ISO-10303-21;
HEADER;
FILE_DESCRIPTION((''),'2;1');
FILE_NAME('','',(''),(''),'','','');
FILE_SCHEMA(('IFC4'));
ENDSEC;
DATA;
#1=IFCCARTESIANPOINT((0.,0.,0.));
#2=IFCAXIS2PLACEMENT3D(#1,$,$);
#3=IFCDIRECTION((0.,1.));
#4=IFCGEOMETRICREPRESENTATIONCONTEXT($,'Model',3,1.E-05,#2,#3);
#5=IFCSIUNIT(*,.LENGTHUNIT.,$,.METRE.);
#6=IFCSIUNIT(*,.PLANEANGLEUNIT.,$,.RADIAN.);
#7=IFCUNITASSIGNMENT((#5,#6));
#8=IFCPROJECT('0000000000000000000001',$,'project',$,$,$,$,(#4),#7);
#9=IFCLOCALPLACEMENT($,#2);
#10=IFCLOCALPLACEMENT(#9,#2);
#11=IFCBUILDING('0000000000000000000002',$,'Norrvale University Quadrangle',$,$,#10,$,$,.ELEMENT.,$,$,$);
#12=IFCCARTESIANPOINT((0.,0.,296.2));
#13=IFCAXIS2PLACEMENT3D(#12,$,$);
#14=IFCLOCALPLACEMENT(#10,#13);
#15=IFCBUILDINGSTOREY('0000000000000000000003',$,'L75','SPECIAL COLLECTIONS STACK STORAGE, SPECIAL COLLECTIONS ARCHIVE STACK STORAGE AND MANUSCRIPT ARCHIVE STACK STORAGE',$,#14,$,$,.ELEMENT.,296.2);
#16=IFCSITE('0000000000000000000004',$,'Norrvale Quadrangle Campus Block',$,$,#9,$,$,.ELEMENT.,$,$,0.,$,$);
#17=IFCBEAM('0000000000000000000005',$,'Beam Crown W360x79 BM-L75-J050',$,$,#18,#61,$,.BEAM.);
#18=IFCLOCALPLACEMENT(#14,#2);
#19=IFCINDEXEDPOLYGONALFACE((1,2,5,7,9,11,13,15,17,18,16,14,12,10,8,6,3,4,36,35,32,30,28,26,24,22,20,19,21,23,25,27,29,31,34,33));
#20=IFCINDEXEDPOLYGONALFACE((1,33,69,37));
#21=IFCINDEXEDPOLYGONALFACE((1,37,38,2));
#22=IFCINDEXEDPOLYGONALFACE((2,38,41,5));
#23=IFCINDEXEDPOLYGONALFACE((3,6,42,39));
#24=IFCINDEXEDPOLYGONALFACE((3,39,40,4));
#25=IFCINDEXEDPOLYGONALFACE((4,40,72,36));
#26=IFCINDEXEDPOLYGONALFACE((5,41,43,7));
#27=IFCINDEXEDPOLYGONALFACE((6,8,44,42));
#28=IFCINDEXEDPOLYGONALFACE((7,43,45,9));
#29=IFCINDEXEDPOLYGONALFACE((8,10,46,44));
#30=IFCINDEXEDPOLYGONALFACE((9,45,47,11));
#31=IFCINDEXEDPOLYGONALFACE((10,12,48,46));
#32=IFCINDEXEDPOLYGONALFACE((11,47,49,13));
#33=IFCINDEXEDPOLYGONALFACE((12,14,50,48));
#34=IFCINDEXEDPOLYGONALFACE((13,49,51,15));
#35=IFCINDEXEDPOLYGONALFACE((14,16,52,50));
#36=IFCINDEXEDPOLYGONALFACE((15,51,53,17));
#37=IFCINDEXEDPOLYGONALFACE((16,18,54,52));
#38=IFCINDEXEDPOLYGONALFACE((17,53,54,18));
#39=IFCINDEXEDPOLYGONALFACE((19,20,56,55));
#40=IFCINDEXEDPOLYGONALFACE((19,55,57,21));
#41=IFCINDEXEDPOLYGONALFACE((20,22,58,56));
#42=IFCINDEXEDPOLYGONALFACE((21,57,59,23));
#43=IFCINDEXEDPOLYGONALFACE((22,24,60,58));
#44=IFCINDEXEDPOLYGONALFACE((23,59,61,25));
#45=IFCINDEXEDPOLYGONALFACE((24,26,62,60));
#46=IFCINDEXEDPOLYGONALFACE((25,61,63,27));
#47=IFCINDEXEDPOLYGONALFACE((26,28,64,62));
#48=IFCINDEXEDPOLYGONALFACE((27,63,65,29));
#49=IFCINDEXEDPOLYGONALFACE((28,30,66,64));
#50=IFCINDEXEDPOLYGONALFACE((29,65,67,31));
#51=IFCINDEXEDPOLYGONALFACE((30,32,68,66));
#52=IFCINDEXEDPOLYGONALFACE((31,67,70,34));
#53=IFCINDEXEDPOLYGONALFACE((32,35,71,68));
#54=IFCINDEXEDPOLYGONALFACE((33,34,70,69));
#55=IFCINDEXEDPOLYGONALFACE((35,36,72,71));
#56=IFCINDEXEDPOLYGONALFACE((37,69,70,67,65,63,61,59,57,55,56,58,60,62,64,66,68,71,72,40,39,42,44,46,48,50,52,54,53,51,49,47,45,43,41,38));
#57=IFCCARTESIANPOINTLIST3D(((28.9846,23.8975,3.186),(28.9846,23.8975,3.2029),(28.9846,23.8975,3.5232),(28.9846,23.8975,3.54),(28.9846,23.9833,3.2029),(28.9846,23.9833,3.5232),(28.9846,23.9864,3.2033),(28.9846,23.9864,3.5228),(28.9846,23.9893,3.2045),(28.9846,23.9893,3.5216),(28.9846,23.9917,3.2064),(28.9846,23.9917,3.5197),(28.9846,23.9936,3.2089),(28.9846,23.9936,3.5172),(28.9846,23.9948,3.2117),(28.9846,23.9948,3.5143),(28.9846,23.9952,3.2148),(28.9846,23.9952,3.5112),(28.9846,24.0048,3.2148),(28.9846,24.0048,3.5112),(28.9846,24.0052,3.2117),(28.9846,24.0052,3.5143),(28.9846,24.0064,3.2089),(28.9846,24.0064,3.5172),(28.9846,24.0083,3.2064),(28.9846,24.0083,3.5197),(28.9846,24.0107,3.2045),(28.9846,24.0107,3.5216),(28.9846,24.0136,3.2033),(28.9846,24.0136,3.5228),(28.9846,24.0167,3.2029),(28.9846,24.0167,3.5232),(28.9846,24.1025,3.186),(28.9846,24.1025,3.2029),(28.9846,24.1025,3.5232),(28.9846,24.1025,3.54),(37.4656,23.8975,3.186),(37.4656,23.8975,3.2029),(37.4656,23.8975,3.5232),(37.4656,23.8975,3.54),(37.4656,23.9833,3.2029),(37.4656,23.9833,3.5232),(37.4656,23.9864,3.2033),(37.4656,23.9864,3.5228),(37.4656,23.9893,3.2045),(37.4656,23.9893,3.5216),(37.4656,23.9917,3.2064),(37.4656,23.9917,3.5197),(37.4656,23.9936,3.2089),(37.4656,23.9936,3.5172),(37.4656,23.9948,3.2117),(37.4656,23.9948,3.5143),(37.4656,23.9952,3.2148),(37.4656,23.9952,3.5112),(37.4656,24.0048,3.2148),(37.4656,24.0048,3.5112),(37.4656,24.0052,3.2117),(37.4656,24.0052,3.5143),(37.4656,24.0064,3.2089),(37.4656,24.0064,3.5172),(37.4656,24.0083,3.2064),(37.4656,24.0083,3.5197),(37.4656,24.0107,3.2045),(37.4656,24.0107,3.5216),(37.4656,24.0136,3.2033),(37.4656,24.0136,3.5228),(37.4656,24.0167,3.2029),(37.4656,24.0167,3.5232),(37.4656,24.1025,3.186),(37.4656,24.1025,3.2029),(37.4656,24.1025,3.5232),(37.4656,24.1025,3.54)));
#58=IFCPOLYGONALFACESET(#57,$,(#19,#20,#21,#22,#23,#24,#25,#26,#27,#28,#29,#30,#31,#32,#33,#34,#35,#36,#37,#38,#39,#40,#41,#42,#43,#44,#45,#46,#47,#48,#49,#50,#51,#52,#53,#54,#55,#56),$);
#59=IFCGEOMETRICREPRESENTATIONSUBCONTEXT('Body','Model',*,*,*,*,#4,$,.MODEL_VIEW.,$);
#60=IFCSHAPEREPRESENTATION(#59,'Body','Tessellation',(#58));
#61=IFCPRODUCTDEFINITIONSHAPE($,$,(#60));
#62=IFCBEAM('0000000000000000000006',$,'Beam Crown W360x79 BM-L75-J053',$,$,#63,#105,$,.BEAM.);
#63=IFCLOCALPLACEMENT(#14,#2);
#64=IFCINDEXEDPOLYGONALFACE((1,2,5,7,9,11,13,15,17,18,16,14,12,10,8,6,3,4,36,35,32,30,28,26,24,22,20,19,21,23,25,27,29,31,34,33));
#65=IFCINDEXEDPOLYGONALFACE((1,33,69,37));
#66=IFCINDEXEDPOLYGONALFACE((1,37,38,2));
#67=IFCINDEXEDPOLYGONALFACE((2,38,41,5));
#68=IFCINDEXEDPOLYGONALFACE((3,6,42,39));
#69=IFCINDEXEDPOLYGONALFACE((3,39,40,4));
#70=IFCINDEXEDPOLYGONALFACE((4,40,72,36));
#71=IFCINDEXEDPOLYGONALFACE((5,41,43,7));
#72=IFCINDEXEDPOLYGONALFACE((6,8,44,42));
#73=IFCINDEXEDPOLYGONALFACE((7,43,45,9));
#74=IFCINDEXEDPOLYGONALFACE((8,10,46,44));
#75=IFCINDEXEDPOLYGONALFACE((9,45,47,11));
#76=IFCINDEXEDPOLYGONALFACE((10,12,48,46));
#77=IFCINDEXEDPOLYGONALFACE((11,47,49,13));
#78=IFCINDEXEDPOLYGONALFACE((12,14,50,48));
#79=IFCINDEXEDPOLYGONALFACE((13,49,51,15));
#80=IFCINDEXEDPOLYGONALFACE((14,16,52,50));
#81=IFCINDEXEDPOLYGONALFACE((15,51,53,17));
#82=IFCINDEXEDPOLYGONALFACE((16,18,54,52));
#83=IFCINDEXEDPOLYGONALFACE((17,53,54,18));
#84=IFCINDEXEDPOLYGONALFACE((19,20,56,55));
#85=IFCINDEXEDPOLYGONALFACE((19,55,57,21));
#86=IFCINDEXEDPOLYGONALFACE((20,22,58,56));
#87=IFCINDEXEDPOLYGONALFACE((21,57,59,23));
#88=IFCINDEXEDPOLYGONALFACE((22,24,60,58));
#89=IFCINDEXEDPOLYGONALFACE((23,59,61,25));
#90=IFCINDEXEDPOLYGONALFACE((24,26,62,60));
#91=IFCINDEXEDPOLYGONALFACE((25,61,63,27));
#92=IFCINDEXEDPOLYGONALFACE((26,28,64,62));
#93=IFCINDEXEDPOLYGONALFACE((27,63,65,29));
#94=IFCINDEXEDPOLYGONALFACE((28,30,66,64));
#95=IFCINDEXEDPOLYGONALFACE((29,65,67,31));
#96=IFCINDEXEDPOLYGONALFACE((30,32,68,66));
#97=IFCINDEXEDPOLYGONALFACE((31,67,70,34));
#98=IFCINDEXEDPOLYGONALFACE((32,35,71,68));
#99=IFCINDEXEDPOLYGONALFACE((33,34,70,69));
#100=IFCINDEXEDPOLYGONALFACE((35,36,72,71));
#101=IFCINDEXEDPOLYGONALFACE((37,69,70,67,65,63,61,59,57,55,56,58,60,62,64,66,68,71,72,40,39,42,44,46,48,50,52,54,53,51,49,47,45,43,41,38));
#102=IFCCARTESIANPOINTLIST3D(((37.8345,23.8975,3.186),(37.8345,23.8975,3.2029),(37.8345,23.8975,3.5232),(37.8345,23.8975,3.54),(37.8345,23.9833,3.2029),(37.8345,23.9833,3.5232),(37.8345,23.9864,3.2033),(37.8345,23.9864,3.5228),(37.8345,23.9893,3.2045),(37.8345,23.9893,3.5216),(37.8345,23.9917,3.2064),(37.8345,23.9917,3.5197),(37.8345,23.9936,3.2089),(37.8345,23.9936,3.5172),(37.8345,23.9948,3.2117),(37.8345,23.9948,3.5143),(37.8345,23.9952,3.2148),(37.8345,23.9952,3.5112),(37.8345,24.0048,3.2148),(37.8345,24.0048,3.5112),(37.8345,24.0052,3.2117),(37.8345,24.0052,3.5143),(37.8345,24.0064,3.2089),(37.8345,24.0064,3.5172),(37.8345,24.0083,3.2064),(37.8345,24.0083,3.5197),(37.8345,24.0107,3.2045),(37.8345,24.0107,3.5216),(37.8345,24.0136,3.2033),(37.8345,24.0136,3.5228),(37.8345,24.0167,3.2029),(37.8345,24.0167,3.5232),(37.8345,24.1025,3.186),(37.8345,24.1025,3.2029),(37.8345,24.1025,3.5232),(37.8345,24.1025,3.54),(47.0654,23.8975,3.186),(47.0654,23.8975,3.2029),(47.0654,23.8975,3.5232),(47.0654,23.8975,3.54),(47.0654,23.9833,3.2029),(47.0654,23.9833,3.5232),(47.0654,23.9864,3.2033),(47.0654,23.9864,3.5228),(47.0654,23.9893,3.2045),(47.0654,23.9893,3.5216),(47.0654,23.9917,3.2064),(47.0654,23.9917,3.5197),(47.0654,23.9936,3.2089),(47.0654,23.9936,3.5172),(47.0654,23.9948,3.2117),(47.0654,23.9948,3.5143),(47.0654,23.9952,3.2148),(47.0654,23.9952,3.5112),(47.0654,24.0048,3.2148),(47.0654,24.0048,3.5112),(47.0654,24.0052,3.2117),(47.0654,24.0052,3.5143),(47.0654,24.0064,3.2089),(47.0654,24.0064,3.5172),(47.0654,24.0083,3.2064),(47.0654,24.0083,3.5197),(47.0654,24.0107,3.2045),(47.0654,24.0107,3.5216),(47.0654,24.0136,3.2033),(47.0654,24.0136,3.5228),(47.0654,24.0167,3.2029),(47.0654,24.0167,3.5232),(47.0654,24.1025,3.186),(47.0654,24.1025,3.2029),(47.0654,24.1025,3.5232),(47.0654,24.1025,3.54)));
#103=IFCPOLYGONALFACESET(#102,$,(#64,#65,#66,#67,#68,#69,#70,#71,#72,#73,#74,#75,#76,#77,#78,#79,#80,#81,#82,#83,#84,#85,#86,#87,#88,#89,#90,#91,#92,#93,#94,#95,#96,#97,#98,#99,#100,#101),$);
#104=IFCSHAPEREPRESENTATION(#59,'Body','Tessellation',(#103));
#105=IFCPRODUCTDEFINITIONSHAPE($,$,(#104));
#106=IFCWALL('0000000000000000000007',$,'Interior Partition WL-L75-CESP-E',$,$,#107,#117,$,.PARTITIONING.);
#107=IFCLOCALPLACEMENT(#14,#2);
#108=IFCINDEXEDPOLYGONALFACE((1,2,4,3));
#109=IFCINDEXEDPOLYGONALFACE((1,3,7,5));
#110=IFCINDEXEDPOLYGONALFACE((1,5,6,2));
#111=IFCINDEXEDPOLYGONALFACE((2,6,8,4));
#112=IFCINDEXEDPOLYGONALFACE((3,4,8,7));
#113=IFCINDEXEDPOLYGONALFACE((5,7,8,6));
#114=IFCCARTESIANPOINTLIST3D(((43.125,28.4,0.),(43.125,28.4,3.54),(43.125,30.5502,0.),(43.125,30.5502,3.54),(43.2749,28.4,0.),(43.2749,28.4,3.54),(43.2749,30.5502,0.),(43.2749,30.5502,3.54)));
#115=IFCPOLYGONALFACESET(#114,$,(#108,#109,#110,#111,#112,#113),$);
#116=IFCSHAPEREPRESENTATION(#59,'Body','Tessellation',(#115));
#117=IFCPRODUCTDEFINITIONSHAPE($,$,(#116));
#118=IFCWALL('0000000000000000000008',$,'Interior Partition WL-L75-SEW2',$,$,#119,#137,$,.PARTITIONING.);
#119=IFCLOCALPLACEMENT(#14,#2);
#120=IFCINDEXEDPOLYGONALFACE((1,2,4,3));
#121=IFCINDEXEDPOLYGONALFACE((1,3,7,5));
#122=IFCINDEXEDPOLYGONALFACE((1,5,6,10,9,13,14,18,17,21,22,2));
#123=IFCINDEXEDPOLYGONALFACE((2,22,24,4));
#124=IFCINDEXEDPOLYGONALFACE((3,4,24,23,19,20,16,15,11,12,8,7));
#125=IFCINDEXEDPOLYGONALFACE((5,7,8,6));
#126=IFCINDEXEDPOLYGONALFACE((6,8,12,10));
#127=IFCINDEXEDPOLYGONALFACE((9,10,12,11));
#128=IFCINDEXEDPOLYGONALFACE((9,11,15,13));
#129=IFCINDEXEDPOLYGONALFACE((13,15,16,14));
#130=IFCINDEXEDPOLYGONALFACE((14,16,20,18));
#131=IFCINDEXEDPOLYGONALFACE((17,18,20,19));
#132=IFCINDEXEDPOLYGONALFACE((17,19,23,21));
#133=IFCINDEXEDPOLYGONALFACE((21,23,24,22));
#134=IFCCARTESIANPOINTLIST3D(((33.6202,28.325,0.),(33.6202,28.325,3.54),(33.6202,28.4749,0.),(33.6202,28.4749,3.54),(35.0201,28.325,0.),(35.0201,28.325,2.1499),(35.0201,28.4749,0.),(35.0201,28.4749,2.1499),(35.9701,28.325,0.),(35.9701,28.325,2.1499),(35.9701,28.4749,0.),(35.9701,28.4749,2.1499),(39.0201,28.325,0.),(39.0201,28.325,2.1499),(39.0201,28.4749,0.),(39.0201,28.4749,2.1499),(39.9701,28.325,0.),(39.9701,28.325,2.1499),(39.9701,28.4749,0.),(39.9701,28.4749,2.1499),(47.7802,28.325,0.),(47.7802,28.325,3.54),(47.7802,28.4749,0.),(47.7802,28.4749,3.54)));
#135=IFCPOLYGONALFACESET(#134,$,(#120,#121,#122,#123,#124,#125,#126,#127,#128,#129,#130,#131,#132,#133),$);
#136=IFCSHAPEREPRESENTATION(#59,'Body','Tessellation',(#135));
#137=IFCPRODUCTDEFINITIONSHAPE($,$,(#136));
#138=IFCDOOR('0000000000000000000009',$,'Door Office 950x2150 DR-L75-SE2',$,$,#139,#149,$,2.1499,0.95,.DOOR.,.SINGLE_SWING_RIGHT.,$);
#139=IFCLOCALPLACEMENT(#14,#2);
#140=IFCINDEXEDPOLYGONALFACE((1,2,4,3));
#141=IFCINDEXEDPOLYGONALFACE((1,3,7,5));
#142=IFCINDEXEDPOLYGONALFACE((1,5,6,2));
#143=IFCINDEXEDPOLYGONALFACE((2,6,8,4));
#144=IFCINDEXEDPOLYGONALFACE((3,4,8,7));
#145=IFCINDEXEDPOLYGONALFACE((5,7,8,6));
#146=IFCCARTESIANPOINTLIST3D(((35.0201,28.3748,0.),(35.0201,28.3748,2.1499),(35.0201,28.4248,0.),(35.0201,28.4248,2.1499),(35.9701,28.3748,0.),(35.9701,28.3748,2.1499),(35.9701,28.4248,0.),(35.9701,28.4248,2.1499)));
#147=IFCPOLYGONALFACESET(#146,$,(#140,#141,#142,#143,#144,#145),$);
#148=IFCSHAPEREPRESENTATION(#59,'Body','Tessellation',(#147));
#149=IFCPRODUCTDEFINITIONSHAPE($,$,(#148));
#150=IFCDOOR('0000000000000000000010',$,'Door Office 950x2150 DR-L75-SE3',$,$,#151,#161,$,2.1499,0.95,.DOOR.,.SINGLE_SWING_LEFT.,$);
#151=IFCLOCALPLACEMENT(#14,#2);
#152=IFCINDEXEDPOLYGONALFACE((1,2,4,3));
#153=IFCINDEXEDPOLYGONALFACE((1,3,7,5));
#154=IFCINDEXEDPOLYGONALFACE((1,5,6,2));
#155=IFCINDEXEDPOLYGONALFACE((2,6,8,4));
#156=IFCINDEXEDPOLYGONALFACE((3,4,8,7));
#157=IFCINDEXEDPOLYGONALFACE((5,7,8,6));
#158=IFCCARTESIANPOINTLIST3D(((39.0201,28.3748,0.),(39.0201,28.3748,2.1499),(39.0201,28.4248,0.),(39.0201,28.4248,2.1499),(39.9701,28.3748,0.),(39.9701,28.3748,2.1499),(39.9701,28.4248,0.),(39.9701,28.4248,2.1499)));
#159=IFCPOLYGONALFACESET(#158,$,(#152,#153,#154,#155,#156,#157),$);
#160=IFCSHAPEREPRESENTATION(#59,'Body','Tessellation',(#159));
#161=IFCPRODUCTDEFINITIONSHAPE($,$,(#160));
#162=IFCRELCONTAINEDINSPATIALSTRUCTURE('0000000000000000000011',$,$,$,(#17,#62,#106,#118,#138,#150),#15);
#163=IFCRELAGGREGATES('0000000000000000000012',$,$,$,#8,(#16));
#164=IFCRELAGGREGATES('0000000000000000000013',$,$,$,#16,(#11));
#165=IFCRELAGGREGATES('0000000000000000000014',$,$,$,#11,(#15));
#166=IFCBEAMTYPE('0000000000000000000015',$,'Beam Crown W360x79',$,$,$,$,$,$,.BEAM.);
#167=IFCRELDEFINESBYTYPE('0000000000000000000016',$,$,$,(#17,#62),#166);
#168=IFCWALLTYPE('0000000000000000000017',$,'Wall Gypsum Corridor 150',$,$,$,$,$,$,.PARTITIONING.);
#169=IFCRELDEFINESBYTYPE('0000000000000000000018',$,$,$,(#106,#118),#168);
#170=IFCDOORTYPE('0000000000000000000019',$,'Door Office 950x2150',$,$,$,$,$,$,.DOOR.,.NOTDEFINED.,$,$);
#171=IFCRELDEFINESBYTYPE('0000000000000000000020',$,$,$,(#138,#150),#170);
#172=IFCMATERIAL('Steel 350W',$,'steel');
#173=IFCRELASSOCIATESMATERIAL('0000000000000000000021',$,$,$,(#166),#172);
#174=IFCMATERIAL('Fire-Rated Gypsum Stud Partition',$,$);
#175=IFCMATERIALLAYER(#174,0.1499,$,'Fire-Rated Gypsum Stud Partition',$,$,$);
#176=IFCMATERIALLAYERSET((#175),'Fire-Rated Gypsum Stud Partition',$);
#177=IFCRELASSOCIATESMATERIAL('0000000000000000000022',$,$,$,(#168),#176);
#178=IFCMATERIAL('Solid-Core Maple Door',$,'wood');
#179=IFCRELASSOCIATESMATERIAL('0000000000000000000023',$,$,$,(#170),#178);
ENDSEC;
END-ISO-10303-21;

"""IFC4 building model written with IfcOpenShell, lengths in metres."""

from ifc_helpers import new_model, si_unit, direction, frame, frame_2d, origin, origin_2d, place, context, subcontext, project, spatial, rectangle, i_section, extrude, material, layer, layer_set, material_profile, profile_set, type_object, element, fill, save


model = new_model("IFC4")

# Units and contexts
model_context = context("Model", 3, precision=1e-05, world=origin(), true_north=direction((0.0, 1.0)))
body_context = subcontext(model_context, "Body", "Model", "MODEL_VIEW")
ifc_project = project(units=[si_unit("LENGTHUNIT", "METRE"), si_unit("PLANEANGLEUNIT", "RADIAN")], contexts=[model_context])

# Site, building, storey
site_placement = place(None, origin())
site = spatial("IfcSite", under=ifc_project, at=site_placement, Name="Norrvale Quadrangle Campus Block", CompositionType="ELEMENT", RefElevation=0.0)
building_placement = place(site_placement, origin())
building = spatial("IfcBuilding", under=site, at=building_placement, Name="Norrvale University Quadrangle", CompositionType="ELEMENT")
storey_placement = place(building_placement, frame((0.0, 0.0, 296.2)))
storey = spatial("IfcBuildingStorey", under=building, at=storey_placement, Name="L75", Description="SPECIAL COLLECTIONS STACK STORAGE, SPECIAL COLLECTIONS ARCHIVE STACK STORAGE AND MANUSCRIPT ARCHIVE STACK STORAGE", CompositionType="ELEMENT", Elevation=296.2)

# Beams
ifc_material_1 = material(Name="Steel 350W", Category="steel")
ifc_material_profile_1 = material_profile(ifc_material_1, i_section(OverallWidth=0.2051, OverallDepth=0.354, WebThickness=0.0095, FlangeThickness=0.0168, FilletRadius=0.012, at=origin_2d()), Name="Steel 350W")
ifc_profile_set_1 = profile_set([ifc_material_profile_1], Name="Steel 350W")
beam_type_1 = type_object("IfcBeamType", Name="Beam Crown W360x79", PredefinedType="BEAM", material=ifc_profile_set_1)
beam_1_placement = place(storey_placement, frame((28.9846, 24.0, 3.363), z_axis=(1.0, 0.0, 0.0), x_axis=(0.0, 1.0, 0.0)))
element("IfcBeam", 1, at=beam_1_placement, inside=storey, type_object=beam_type_1, Name="Beam Crown W360x79 BM-L75-J050", PredefinedType="BEAM", context=body_context, shape_type="SweptSolid", body=[
    extrude(i_section(OverallWidth=0.2051, OverallDepth=0.354, WebThickness=0.0095, FlangeThickness=0.0168, FilletRadius=0.012, at=origin_2d()), origin(), (0.0, 0.0, 1.0), 8.481),
])
beam_2_placement = place(storey_placement, frame((37.8345, 24.0, 3.363), z_axis=(1.0, 0.0, 0.0), x_axis=(0.0, 1.0, 0.0)))
element("IfcBeam", 2, at=beam_2_placement, inside=storey, type_object=beam_type_1, Name="Beam Crown W360x79 BM-L75-J053", PredefinedType="BEAM", context=body_context, shape_type="SweptSolid", body=[
    extrude(i_section(OverallWidth=0.2051, OverallDepth=0.354, WebThickness=0.0095, FlangeThickness=0.0168, FilletRadius=0.012, at=origin_2d()), origin(), (0.0, 0.0, 1.0), 9.231),
])

# Wall
ifc_material_2 = material(Name="Fire-Rated Gypsum Stud Partition")
ifc_layer = layer(ifc_material_2, 0.1499, Name="Fire-Rated Gypsum Stud Partition")
ifc_layer_set = layer_set([ifc_layer], Name="Fire-Rated Gypsum Stud Partition")
wall_type = type_object("IfcWallType", Name="Wall Gypsum Corridor 150", PredefinedType="PARTITIONING", material=ifc_layer_set)
wall_1_placement = place(storey_placement, frame((43.2, 28.3999, 0.0), z_axis=(0.0, 0.0, 1.0), x_axis=(0.0, 1.0, 0.0)))
element("IfcWall", 3, at=wall_1_placement, inside=storey, type_object=wall_type, Name="Interior Partition WL-L75-CESP-E", PredefinedType="PARTITIONING", context=body_context, shape_type="SweptSolid", body=[
    extrude(rectangle(XDim=2.1501, YDim=0.1499, at=frame_2d((1.0752, 0.0))), origin(), (0.0, 0.0, 1.0), 3.54),
])

# Wall, openings, doors
wall_2_placement = place(storey_placement, frame((33.6201, 28.3999, 0.0), z_axis=(0.0, 0.0, 1.0), x_axis=(1.0, 0.0, 0.0)))
wall_2 = element("IfcWall", 4, at=wall_2_placement, inside=storey, type_object=wall_type, Name="Interior Partition WL-L75-SEW2", PredefinedType="PARTITIONING", context=body_context, shape_type="SweptSolid", body=[
    extrude(rectangle(XDim=14.1599, YDim=0.1499, at=frame_2d((7.0801, 0.0))), origin(), (0.0, 0.0, 1.0), 3.54),
])
opening_1_placement = place(wall_2_placement, frame((1.3999, 0.0, 0.0)))
opening_1 = element("IfcOpeningElement", 5, at=opening_1_placement, cuts=wall_2, PredefinedType="OPENING", context=body_context, shape_type="SweptSolid", body=[
    extrude(rectangle(XDim=0.95, YDim=2.1499, at=frame_2d((0.4751, 1.075))), frame((0.0, 0.0869, 0.0), z_axis=(0.0, -1.0, 0.0), x_axis=(1.0, 0.0, 0.0)), (0.0, 0.0, 1.0), 0.1738),
])
opening_2_placement = place(wall_2_placement, frame((5.3999, 0.0, 0.0)))
opening_2 = element("IfcOpeningElement", 6, at=opening_2_placement, cuts=wall_2, PredefinedType="OPENING", context=body_context, shape_type="SweptSolid", body=[
    extrude(rectangle(XDim=0.95, YDim=2.1499, at=frame_2d((0.4751, 1.075))), frame((0.0, 0.0869, 0.0), z_axis=(0.0, -1.0, 0.0), x_axis=(1.0, 0.0, 0.0)), (0.0, 0.0, 1.0), 0.1738),
])
ifc_material_3 = material(Name="Solid-Core Maple Door", Category="wood")
door_type = type_object("IfcDoorType", Name="Door Office 950x2150", OperationType="NOTDEFINED", PredefinedType="DOOR", material=ifc_material_3)
door_1_placement = place(opening_1_placement, origin())
door_1 = element("IfcDoor", 7, at=door_1_placement, inside=storey, type_object=door_type, Name="Door Office 950x2150 DR-L75-SE2", OperationType="SINGLE_SWING_RIGHT", OverallHeight=2.1499, OverallWidth=0.95, PredefinedType="DOOR", context=body_context, shape_type="SweptSolid", body=[
    extrude(rectangle(XDim=0.95, YDim=2.1499, at=frame_2d((0.4751, 1.075))), frame((0.0, 0.0249, 0.0), z_axis=(0.0, -1.0, 0.0), x_axis=(1.0, 0.0, 0.0)), (0.0, 0.0, 1.0), 0.05),
])
fill(opening_1, door_1)
door_2_placement = place(opening_2_placement, origin())
door_2 = element("IfcDoor", 8, at=door_2_placement, inside=storey, type_object=door_type, Name="Door Office 950x2150 DR-L75-SE3", OperationType="SINGLE_SWING_LEFT", OverallHeight=2.1499, OverallWidth=0.95, PredefinedType="DOOR", context=body_context, shape_type="SweptSolid", body=[
    extrude(rectangle(XDim=0.95, YDim=2.1499, at=frame_2d((0.4751, 1.075))), frame((0.0, 0.0249, 0.0), z_axis=(0.0, -1.0, 0.0), x_axis=(1.0, 0.0, 0.0)), (0.0, 0.0, 1.0), 0.05),
])
fill(opening_2, door_2)

save(model, "model.ifc")
